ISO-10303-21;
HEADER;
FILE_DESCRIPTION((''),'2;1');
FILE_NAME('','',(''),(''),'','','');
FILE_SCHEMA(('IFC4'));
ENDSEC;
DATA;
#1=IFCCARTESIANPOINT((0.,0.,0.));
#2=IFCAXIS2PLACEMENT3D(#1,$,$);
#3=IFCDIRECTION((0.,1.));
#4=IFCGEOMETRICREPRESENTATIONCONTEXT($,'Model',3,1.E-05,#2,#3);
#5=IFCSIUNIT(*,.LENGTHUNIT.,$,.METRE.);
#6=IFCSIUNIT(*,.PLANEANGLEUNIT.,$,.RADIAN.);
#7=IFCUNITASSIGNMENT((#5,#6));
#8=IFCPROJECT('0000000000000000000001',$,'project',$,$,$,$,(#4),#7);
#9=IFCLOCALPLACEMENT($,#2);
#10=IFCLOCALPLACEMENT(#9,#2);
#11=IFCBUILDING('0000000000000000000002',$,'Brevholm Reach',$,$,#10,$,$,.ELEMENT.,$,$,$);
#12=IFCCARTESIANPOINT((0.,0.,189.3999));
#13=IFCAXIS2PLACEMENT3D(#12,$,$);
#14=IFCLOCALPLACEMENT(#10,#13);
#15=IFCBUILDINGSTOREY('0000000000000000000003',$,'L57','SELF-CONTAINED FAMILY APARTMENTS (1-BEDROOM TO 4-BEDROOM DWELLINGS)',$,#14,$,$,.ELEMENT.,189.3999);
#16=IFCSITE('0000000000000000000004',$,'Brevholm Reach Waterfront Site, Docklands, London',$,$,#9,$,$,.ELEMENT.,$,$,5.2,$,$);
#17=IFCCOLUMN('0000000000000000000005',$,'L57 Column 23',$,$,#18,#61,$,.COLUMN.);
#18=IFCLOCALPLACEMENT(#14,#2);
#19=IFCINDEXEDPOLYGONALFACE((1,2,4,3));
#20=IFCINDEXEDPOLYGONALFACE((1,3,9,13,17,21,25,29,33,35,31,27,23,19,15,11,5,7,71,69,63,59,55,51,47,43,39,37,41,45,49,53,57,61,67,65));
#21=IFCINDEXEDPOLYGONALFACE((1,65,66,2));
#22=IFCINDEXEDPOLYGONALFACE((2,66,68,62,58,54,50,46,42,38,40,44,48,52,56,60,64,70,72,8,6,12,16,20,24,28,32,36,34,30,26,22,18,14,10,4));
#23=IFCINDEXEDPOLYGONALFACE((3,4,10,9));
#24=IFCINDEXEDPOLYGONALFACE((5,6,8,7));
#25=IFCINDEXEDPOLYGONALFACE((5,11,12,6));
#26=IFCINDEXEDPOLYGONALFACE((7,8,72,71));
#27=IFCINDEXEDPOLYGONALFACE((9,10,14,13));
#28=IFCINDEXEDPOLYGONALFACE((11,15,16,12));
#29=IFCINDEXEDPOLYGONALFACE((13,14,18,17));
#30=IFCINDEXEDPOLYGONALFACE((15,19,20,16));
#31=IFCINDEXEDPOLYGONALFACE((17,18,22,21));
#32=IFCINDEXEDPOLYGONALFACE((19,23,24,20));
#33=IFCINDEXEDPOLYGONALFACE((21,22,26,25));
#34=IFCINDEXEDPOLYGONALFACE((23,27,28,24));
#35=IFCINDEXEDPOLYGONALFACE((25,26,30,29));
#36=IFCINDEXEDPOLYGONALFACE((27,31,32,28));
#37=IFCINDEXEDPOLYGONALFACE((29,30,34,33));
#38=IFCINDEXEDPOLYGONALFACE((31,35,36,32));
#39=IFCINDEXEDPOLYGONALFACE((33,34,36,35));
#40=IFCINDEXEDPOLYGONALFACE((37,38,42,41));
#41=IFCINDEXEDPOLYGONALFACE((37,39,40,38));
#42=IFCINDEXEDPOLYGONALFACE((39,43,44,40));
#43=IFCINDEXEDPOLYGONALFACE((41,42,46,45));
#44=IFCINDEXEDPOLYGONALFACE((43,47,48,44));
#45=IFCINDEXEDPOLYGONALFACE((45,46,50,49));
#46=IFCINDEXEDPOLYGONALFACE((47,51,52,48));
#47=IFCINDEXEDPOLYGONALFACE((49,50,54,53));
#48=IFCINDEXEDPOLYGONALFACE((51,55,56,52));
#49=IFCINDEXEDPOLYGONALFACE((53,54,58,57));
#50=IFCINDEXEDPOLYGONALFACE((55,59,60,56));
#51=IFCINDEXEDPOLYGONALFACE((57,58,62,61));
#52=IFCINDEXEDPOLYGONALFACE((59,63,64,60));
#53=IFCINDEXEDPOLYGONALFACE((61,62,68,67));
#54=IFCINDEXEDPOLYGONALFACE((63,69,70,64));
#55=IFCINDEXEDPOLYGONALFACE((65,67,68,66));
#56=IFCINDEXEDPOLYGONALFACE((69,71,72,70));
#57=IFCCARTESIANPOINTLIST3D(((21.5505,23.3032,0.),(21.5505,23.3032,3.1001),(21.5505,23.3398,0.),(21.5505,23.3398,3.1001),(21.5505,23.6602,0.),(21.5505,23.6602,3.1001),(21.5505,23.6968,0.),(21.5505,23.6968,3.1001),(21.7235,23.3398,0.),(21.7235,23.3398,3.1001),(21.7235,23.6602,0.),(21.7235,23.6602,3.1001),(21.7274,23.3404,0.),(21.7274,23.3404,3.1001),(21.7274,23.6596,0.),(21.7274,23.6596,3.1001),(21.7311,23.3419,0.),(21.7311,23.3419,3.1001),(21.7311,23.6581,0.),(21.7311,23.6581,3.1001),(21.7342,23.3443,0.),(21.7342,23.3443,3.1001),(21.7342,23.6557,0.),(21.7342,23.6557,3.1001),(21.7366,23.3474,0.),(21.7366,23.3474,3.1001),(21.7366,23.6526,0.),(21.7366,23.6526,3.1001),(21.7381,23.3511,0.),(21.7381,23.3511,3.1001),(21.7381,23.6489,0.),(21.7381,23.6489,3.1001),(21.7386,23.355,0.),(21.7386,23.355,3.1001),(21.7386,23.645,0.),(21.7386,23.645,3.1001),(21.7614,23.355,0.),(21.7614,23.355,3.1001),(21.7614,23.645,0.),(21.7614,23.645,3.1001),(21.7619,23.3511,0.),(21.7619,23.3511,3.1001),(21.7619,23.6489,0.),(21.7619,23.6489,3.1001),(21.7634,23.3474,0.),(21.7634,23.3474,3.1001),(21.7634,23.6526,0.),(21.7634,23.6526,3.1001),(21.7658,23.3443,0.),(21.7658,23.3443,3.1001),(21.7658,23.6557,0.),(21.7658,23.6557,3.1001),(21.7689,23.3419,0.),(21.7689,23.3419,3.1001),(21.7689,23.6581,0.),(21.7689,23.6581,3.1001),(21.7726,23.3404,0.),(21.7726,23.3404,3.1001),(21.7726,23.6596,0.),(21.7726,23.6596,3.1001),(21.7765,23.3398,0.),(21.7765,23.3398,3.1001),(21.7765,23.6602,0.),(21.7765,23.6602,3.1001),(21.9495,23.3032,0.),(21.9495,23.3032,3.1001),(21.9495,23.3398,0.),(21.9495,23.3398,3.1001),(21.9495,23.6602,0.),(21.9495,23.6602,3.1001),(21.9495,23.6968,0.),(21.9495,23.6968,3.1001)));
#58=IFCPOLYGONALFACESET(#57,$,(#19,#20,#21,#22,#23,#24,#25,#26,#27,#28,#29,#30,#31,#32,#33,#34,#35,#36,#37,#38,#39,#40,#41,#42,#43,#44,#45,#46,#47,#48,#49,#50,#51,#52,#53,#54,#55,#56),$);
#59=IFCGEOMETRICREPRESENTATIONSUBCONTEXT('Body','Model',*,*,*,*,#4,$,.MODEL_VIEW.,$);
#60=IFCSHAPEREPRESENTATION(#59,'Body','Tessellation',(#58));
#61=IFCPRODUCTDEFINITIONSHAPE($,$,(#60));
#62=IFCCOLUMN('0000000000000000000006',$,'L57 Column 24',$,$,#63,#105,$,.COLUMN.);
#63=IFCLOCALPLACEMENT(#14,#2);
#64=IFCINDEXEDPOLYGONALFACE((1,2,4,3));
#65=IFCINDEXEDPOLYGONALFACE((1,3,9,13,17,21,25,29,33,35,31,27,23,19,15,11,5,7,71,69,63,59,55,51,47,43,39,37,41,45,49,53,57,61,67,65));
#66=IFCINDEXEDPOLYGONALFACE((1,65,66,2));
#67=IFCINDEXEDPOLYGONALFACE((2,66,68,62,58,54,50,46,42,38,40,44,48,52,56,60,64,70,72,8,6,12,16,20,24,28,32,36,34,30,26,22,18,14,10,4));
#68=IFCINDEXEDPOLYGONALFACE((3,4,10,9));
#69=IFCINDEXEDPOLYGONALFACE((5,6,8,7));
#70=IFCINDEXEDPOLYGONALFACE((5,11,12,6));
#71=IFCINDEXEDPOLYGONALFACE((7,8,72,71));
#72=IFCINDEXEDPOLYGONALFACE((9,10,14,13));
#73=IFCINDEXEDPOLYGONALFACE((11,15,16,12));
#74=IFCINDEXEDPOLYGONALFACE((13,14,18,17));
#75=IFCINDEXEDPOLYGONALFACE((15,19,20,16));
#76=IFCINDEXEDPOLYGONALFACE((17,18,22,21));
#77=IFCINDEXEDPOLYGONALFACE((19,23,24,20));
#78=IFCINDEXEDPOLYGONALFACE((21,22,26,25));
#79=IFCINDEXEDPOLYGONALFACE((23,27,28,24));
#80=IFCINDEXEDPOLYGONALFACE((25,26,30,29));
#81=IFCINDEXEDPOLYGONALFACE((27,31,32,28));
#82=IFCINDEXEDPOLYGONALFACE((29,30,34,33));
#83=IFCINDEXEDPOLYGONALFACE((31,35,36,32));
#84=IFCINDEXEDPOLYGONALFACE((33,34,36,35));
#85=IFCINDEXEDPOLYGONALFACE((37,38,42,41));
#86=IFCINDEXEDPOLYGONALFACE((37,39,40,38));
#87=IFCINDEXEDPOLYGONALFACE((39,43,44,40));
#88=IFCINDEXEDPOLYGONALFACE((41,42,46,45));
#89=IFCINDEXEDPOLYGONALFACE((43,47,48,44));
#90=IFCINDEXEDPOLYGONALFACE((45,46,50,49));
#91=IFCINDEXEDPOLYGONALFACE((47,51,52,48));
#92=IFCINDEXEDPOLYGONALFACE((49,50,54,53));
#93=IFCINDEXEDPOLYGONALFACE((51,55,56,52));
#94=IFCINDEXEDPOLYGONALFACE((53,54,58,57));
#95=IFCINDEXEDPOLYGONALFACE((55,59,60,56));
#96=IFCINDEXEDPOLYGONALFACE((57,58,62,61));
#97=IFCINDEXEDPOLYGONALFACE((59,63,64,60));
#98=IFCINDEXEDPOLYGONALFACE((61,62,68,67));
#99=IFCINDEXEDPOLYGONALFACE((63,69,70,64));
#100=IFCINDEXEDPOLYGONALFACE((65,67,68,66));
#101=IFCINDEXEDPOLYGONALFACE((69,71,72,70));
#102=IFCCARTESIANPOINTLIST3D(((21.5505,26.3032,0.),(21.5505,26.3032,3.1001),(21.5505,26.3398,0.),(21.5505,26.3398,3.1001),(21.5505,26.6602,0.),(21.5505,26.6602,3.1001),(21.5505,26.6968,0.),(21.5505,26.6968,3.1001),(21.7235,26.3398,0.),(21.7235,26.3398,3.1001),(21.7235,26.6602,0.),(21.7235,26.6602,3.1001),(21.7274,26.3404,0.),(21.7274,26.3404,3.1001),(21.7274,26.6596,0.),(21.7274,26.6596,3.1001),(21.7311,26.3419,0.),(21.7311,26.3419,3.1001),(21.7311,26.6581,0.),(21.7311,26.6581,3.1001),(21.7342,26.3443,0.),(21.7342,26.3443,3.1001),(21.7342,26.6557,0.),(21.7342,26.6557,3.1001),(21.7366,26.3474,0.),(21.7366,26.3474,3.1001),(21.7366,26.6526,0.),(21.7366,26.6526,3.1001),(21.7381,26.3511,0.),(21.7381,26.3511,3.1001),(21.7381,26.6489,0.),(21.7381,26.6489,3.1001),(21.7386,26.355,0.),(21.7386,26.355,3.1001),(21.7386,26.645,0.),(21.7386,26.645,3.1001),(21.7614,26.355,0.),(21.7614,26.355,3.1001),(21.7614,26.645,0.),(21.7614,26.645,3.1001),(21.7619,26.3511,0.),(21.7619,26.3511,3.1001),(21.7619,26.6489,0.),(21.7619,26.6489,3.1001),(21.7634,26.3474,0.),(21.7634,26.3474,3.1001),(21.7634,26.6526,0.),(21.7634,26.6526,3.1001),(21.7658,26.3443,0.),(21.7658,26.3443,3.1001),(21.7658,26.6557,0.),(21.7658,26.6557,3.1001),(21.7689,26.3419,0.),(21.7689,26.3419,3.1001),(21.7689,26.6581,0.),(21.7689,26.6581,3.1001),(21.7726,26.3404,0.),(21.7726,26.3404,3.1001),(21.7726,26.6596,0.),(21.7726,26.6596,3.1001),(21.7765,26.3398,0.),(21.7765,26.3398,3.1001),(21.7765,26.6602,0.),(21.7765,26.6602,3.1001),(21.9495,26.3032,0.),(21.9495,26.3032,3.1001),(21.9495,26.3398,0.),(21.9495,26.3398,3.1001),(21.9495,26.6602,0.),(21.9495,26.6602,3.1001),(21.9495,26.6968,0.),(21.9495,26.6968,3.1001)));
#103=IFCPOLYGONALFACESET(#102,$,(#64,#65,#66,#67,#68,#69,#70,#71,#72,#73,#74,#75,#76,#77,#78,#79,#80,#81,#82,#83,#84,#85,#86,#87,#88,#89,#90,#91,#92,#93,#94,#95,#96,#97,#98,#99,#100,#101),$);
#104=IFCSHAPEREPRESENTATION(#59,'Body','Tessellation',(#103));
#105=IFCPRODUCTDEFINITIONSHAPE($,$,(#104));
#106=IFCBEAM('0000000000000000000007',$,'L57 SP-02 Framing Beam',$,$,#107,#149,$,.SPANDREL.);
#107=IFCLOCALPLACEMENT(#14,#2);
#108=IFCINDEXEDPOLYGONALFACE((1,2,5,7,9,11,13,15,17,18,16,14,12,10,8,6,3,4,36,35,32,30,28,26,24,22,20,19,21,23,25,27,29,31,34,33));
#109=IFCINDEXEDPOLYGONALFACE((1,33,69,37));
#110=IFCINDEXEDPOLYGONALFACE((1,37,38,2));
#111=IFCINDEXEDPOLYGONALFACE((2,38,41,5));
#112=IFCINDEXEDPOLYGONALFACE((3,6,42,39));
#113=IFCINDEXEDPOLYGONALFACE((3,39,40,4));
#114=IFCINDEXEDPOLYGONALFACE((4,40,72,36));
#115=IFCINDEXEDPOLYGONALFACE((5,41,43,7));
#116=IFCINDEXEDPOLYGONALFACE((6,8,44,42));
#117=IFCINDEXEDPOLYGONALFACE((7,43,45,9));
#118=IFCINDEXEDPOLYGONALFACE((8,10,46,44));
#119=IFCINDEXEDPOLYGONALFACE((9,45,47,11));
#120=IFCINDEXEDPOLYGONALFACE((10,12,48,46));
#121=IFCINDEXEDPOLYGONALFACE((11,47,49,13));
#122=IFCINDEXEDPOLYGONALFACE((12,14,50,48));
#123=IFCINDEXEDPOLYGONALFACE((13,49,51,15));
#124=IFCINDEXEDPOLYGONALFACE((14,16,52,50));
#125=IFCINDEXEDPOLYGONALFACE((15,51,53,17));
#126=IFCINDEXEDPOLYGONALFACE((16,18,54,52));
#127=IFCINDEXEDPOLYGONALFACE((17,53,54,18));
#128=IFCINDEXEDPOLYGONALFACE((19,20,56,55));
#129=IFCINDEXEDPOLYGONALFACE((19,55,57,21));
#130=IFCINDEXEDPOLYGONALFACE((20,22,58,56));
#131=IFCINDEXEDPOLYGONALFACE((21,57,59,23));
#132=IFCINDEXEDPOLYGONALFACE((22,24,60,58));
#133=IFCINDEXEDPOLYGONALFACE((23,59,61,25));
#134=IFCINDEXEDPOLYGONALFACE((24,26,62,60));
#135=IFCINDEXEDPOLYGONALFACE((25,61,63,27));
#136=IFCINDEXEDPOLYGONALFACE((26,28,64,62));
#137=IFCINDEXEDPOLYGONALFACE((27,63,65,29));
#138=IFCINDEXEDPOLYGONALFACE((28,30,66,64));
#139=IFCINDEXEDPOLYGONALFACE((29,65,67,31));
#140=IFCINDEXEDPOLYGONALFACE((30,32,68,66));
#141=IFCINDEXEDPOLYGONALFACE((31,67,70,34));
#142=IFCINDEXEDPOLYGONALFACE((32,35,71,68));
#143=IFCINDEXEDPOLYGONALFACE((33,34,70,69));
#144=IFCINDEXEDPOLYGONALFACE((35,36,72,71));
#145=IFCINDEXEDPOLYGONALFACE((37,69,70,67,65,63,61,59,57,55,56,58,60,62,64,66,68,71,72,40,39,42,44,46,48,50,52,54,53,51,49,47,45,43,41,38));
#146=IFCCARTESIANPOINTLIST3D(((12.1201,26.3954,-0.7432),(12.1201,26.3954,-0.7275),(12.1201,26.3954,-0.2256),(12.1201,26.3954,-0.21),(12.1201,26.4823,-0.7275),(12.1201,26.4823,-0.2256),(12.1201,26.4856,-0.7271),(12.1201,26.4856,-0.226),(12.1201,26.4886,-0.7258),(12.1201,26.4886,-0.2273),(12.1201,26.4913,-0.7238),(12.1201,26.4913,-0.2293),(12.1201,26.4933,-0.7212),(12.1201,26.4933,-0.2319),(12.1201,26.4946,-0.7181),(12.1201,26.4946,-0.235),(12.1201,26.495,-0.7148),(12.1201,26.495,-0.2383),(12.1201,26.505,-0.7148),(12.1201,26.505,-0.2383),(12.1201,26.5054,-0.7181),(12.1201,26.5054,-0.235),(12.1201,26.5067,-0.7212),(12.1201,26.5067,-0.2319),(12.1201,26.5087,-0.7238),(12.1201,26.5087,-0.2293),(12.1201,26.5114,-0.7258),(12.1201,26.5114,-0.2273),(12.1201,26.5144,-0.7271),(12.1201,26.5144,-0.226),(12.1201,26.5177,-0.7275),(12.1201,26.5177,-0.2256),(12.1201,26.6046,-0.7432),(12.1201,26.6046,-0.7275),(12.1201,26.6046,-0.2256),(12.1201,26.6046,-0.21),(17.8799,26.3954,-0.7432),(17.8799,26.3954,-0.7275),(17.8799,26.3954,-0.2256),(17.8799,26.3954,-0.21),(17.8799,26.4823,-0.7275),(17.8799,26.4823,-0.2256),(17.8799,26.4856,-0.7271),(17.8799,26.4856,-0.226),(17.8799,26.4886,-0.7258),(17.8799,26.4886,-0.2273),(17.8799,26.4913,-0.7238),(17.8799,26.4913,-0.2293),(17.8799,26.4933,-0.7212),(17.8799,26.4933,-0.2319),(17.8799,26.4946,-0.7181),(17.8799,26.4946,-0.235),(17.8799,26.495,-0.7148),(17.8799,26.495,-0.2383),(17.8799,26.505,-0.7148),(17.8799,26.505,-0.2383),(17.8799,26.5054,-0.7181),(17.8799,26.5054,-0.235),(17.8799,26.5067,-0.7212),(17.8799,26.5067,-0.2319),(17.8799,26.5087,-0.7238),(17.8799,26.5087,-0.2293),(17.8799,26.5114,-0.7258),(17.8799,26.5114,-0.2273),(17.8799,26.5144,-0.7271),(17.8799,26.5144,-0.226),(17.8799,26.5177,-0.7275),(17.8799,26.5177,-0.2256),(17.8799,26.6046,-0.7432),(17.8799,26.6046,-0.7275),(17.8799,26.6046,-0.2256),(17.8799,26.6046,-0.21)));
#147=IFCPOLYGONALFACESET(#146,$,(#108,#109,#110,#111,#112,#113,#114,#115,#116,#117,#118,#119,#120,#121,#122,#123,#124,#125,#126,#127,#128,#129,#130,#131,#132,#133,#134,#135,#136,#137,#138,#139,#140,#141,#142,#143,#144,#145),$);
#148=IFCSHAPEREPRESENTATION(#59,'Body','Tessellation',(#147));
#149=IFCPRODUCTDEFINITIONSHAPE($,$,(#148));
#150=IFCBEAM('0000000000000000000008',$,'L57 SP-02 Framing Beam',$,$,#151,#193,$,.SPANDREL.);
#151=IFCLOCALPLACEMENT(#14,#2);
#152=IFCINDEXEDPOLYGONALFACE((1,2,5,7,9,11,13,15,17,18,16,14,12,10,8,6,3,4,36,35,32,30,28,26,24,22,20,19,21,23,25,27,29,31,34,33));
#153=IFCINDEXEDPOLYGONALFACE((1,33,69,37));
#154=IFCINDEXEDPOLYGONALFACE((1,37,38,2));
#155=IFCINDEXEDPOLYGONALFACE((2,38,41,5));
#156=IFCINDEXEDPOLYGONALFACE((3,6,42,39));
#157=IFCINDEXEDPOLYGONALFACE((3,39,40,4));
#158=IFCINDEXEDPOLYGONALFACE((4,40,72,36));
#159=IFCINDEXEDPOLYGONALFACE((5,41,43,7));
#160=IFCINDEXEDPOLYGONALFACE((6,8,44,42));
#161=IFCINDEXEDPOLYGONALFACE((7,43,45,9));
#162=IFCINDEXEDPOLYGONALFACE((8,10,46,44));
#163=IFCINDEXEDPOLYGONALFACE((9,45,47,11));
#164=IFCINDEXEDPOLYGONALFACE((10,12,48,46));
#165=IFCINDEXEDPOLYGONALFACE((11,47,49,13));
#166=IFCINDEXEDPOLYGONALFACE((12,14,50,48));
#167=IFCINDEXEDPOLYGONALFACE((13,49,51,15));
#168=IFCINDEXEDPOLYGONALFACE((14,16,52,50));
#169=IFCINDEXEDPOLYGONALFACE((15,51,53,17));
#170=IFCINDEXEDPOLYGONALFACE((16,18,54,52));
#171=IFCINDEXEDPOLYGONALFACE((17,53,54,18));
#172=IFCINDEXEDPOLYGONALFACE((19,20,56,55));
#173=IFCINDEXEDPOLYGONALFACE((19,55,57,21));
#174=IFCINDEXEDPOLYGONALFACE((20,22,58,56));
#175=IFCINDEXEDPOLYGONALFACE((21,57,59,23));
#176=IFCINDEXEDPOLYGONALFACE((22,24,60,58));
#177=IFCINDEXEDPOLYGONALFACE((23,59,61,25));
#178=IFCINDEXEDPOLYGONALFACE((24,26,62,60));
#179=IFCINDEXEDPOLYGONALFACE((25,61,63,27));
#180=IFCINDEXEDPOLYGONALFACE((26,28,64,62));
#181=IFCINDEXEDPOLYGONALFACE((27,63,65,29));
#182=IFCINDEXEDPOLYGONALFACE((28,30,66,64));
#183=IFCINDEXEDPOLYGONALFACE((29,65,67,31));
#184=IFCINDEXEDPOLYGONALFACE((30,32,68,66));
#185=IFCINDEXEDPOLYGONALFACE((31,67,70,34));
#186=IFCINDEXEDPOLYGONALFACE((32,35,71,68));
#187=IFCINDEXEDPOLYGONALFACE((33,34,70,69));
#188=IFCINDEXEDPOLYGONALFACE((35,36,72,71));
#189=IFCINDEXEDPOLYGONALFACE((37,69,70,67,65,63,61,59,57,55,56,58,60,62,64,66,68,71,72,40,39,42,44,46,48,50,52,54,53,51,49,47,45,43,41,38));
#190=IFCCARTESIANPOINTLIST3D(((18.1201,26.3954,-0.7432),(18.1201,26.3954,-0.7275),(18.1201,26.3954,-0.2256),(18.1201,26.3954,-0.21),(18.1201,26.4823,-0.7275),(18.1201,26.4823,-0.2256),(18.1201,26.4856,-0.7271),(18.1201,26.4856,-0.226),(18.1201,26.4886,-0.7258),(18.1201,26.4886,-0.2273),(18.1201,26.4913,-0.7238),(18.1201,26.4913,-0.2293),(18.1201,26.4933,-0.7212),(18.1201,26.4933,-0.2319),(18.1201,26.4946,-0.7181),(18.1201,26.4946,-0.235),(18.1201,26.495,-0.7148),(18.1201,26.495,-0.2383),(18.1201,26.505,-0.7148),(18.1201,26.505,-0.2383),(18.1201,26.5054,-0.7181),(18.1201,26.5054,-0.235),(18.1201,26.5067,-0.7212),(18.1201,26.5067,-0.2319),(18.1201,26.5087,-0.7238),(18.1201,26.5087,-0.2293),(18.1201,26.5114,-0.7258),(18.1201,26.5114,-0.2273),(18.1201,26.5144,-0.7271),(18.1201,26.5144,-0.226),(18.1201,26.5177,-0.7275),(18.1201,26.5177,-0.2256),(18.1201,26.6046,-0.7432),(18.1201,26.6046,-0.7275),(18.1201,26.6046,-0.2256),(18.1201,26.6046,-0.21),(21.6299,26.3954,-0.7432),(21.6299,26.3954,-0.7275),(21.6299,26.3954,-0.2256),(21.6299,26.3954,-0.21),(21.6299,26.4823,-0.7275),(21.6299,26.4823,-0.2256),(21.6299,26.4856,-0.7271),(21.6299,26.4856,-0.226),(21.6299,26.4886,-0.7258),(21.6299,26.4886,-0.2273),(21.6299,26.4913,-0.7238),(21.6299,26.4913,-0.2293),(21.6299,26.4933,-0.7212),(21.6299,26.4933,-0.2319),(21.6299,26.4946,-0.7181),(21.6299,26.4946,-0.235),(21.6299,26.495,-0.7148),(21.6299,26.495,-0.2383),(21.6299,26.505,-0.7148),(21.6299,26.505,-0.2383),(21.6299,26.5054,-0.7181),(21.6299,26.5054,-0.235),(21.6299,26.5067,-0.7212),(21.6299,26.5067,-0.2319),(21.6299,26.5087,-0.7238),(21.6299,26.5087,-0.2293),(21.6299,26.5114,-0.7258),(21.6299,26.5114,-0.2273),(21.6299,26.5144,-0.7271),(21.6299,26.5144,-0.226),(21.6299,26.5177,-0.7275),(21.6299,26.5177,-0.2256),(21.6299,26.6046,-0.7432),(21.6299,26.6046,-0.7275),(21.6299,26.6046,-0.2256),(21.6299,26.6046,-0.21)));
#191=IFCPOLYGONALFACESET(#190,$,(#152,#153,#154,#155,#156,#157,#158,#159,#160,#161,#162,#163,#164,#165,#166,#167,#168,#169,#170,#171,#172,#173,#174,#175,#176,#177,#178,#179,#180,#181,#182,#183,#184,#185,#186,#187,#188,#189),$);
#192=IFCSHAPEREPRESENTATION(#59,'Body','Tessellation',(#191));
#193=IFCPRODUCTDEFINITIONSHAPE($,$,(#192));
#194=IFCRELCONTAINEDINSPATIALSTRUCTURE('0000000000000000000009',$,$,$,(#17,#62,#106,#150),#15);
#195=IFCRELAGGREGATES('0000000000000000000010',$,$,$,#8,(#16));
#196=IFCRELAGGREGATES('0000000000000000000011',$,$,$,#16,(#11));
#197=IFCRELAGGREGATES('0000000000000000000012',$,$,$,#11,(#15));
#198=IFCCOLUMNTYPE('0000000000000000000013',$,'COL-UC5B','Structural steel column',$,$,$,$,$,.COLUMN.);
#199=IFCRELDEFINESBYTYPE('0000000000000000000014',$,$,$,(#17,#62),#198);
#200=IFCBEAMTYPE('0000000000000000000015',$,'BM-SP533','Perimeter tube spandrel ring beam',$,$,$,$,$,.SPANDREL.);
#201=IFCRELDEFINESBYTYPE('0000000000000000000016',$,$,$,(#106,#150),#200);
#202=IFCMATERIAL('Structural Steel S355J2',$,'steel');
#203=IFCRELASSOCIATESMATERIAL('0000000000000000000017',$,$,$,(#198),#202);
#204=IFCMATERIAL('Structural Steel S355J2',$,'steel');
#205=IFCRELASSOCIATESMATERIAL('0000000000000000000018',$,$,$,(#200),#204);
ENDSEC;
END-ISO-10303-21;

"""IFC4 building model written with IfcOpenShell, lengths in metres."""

from ifc_helpers import new_model, si_unit, direction, frame, origin, origin_2d, place, context, subcontext, project, spatial, i_section, extrude, material, material_profile, profile_set, type_object, element, save


model = new_model("IFC4")

# Units and contexts
model_context = context("Model", 3, precision=1e-05, world=origin(), true_north=direction((0.0, 1.0)))
body_context = subcontext(model_context, "Body", "Model", "MODEL_VIEW")
ifc_project = project(units=[si_unit("LENGTHUNIT", "METRE"), si_unit("PLANEANGLEUNIT", "RADIAN")], contexts=[model_context])

# Site, building, storey
site_placement = place(None, origin())
site = spatial("IfcSite", under=ifc_project, at=site_placement, Name="Brevholm Reach Waterfront Site, Docklands, London", CompositionType="ELEMENT", RefElevation=5.2)
building_placement = place(site_placement, origin())
building = spatial("IfcBuilding", under=site, at=building_placement, Name="Brevholm Reach", CompositionType="ELEMENT")
storey_placement = place(building_placement, frame((0.0, 0.0, 189.3999)))
storey = spatial("IfcBuildingStorey", under=building, at=storey_placement, Name="L57", Description="SELF-CONTAINED FAMILY APARTMENTS (1-BEDROOM TO 4-BEDROOM DWELLINGS)", CompositionType="ELEMENT", Elevation=189.3999)

# Columns
ifc_material_1 = material(Name="Structural Steel S355J2", Category="steel")
ifc_material_profile_1 = material_profile(ifc_material_1, i_section(OverallWidth=0.3989, OverallDepth=0.3936, WebThickness=0.0227, FlangeThickness=0.0366, FilletRadius=0.0151, at=origin_2d()), Name="UKC 356x406x287")
ifc_profile_set_1 = profile_set([ifc_material_profile_1], Name="Structural Steel S355J2")
column_type = type_object("IfcColumnType", Name="COL-UC5B", Description="Structural steel column", PredefinedType="COLUMN", material=ifc_profile_set_1)
for number, where, z_axis, x_axis, name in (
    (1, (21.75, 23.5, 0.0), (0.0, 0.0, 1.0), (1.0, 0.0, 0.0), "L57 Column 23"),
    (2, (21.75, 26.5, 0.0), (0.0, 0.0, 1.0), (1.0, 0.0, 0.0), "L57 Column 24"),
):
    element("IfcColumn", number, at=place(storey_placement, frame(where, z_axis=z_axis, x_axis=x_axis)), inside=storey, type_object=column_type, Name=name, PredefinedType="COLUMN", context=body_context, shape_type="SweptSolid", body=[
        extrude(i_section(OverallWidth=0.3989, OverallDepth=0.3936, WebThickness=0.0227, FlangeThickness=0.0366, FilletRadius=0.0151, at=origin_2d()), origin(), (0.0, 0.0, 1.0), 3.1001),
    ])

# Beams
ifc_material_2 = material(Name="Structural Steel S355J2", Category="steel")
ifc_material_profile_2 = material_profile(ifc_material_2, i_section(OverallWidth=0.2092, OverallDepth=0.5332, WebThickness=0.01, FlangeThickness=0.0156, FilletRadius=0.0127, at=origin_2d()), Name="UKB 533x210x92")
ifc_profile_set_2 = profile_set([ifc_material_profile_2], Name="Structural Steel S355J2")
beam_type_1 = type_object("IfcBeamType", Name="BM-SP533", Description="Perimeter tube spandrel ring beam", PredefinedType="SPANDREL", material=ifc_profile_set_2)
beam_1_placement = place(storey_placement, frame((12.1201, 26.5, -0.4766), z_axis=(1.0, 0.0, 0.0), x_axis=(0.0, 1.0, 0.0)))
element("IfcBeam", 3, at=beam_1_placement, inside=storey, type_object=beam_type_1, Name="L57 SP-02 Framing Beam", PredefinedType="SPANDREL", context=body_context, shape_type="SweptSolid", body=[
    extrude(i_section(OverallWidth=0.2092, OverallDepth=0.5332, WebThickness=0.01, FlangeThickness=0.0156, FilletRadius=0.0127, at=origin_2d()), origin(), (0.0, 0.0, 1.0), 5.7598),
])
beam_2_placement = place(storey_placement, frame((18.1201, 26.5, -0.4766), z_axis=(1.0, 0.0, 0.0), x_axis=(0.0, 1.0, 0.0)))
element("IfcBeam", 4, at=beam_2_placement, inside=storey, type_object=beam_type_1, Name="L57 SP-02 Framing Beam", PredefinedType="SPANDREL", context=body_context, shape_type="SweptSolid", body=[
    extrude(i_section(OverallWidth=0.2092, OverallDepth=0.5332, WebThickness=0.01, FlangeThickness=0.0156, FilletRadius=0.0127, at=origin_2d()), origin(), (0.0, 0.0, 1.0), 3.5098),
])

save(model, "model.ifc")
